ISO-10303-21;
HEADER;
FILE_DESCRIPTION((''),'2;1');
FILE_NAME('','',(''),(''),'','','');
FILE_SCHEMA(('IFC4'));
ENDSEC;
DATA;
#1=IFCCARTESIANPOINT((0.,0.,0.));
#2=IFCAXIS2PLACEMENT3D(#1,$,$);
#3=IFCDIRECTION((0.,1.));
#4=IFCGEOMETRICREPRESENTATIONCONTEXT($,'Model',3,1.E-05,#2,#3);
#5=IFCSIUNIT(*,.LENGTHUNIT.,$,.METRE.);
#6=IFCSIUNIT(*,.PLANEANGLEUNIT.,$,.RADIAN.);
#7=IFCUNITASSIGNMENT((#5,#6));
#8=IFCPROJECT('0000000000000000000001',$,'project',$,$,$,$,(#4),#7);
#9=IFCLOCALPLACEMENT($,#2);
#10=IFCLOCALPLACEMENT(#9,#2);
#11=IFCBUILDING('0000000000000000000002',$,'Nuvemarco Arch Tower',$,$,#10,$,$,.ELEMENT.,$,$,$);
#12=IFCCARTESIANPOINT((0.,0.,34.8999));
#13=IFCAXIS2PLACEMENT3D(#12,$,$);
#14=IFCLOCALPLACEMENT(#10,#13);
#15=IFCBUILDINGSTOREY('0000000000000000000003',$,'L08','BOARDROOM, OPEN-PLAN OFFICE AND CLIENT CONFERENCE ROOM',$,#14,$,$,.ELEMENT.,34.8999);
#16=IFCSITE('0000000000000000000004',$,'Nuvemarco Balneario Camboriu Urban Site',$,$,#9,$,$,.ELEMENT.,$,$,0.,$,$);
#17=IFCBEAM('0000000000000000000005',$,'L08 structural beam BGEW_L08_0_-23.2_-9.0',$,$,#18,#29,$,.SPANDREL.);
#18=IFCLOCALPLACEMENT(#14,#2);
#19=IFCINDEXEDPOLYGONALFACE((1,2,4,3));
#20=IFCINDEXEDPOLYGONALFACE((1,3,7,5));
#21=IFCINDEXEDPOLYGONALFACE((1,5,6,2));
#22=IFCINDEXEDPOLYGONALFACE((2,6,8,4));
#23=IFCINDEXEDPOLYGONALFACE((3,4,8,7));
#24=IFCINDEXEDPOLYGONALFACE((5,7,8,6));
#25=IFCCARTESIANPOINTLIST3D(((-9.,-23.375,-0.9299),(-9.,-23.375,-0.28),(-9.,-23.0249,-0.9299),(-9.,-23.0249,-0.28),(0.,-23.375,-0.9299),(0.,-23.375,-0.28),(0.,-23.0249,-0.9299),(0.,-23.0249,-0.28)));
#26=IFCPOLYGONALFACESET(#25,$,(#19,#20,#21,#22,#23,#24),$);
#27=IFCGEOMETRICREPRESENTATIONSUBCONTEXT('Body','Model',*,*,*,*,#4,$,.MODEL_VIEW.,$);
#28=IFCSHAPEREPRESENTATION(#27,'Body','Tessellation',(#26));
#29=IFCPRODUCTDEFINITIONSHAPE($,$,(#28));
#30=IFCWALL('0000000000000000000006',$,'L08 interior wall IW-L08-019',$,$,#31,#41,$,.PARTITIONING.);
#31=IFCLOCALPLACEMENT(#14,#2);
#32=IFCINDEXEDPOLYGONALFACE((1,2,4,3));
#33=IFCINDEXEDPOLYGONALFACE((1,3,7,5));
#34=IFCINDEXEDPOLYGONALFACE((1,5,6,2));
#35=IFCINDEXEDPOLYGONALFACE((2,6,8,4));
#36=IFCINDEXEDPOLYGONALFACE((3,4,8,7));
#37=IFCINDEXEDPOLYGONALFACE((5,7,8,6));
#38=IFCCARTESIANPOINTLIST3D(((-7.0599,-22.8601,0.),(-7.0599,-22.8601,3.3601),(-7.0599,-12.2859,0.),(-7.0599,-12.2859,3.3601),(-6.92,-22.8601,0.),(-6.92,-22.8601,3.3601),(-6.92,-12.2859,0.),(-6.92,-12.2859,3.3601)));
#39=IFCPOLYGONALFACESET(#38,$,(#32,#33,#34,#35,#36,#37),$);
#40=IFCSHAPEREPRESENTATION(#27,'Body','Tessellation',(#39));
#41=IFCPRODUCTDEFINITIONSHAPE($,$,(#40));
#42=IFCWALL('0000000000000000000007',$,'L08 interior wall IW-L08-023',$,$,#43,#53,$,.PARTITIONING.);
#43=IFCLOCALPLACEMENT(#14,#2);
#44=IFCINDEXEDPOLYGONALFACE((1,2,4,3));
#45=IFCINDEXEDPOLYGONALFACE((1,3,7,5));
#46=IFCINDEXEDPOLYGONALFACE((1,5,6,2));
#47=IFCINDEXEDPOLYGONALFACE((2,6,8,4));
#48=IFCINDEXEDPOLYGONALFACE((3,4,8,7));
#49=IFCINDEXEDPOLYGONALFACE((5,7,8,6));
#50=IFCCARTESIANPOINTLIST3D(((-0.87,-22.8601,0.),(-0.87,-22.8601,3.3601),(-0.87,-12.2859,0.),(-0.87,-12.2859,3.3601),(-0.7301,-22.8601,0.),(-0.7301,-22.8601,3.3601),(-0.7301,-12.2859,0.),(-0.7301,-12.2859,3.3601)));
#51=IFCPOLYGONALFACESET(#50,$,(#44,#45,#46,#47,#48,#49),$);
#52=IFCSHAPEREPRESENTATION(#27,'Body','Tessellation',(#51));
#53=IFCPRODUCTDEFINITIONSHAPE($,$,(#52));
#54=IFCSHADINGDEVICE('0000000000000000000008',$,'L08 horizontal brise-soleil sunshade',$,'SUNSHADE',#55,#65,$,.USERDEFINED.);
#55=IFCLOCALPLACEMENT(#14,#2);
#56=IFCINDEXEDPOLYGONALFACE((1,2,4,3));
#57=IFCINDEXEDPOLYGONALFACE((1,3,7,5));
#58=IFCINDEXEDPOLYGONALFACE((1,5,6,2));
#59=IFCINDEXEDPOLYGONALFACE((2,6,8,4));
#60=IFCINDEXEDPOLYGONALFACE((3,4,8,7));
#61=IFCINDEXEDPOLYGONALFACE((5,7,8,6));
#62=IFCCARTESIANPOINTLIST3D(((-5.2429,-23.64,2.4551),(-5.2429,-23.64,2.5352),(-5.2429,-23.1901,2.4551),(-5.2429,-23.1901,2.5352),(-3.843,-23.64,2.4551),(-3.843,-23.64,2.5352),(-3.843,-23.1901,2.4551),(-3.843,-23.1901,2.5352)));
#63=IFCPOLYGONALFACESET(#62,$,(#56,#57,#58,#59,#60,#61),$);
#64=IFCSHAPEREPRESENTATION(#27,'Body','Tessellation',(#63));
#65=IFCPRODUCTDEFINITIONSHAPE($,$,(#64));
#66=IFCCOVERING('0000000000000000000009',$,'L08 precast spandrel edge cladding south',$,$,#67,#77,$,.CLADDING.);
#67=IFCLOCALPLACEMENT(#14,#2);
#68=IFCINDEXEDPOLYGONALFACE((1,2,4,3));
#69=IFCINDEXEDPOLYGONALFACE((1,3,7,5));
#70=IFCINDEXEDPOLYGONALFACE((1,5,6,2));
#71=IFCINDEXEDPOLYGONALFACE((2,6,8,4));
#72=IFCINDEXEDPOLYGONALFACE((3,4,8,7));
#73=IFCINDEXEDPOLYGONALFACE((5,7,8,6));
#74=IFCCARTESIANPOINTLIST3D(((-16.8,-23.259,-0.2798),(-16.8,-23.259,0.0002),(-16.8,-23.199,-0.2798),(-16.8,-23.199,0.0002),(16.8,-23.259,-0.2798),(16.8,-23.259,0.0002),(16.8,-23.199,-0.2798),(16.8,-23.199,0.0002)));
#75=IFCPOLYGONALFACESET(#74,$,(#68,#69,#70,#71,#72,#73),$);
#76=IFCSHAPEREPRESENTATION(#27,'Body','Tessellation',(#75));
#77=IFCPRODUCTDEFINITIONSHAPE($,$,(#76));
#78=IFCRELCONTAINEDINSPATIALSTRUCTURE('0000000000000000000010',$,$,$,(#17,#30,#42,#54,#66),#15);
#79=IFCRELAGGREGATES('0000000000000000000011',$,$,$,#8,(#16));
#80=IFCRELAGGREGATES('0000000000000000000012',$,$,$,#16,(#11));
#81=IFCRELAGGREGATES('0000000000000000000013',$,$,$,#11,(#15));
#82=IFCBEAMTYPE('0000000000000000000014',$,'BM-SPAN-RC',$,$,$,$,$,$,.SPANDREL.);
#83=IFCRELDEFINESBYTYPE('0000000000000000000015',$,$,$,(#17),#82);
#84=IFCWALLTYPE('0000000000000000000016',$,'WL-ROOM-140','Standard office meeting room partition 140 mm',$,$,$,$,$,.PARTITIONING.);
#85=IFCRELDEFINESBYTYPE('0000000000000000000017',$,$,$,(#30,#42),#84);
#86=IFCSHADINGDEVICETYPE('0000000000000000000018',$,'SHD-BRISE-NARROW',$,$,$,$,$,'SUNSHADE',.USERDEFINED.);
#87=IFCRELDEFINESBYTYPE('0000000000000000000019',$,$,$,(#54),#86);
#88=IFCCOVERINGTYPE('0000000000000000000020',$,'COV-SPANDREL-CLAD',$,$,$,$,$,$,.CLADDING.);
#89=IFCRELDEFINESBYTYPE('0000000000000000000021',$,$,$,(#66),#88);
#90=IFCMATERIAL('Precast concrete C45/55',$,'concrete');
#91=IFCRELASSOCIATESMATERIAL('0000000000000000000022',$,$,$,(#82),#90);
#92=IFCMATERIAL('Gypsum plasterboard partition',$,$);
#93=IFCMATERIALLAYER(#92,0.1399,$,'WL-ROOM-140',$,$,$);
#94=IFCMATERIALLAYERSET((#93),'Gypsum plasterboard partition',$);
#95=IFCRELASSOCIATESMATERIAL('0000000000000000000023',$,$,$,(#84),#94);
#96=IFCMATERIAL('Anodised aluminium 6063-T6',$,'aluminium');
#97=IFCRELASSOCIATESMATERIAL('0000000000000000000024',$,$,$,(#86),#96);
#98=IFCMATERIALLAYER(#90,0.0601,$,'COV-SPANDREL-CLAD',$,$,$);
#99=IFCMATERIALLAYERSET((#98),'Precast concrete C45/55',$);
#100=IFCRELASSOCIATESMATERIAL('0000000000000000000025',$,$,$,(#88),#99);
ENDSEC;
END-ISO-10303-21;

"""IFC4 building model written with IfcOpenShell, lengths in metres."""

from ifc_helpers import new_model, si_unit, direction, frame, frame_2d, origin, origin_2d, place, context, subcontext, project, spatial, rectangle, extrude, source, transform, mapped, material, layer, layer_set, material_profile, profile_set, type_object, type_shapes, element, save


model = new_model("IFC4")

# Units and contexts
model_context = context("Model", 3, precision=1e-05, world=origin(), true_north=direction((0.0, 1.0)))
body_context = subcontext(model_context, "Body", "Model", "MODEL_VIEW")
ifc_project = project(units=[si_unit("LENGTHUNIT", "METRE"), si_unit("PLANEANGLEUNIT", "RADIAN")], contexts=[model_context])

# Site, building, storey
site_placement = place(None, origin())
site = spatial("IfcSite", under=ifc_project, at=site_placement, Name="Nuvemarco Balneario Camboriu Urban Site", CompositionType="ELEMENT", RefElevation=0.0)
building_placement = place(site_placement, origin())
building = spatial("IfcBuilding", under=site, at=building_placement, Name="Nuvemarco Arch Tower", CompositionType="ELEMENT")
storey_placement = place(building_placement, frame((0.0, 0.0, 34.8999)))
storey = spatial("IfcBuildingStorey", under=building, at=storey_placement, Name="L08", Description="BOARDROOM, OPEN-PLAN OFFICE AND CLIENT CONFERENCE ROOM", CompositionType="ELEMENT", Elevation=34.8999)

# Beam
ifc_material_1 = material(Name="Precast concrete C45/55", Category="concrete")
ifc_material_profile_1 = material_profile(ifc_material_1, rectangle(XDim=0.3501, YDim=0.6499, at=origin_2d()), Name="PC-SP-350x650")
ifc_profile_set_1 = profile_set([ifc_material_profile_1], Name="Precast concrete C45/55")
beam_type_1 = type_object("IfcBeamType", Name="BM-SPAN-RC", PredefinedType="SPANDREL", material=ifc_profile_set_1)
beam_1_placement = place(storey_placement, frame((-9.0, -23.2, -0.605), z_axis=(1.0, 0.0, 0.0), x_axis=(0.0, 1.0, 0.0)))
element("IfcBeam", 1, at=beam_1_placement, inside=storey, type_object=beam_type_1, Name="L08 structural beam BGEW_L08_0_-23.2_-9.0", PredefinedType="SPANDREL", context=body_context, shape_type="SweptSolid", body=[
    extrude(rectangle(XDim=0.3501, YDim=0.6499, at=origin_2d()), origin(), (0.0, 0.0, 1.0), 9.0),
])

# Walls
ifc_material_2 = material(Name="Gypsum plasterboard partition")
ifc_layer_1 = layer(ifc_material_2, 0.1399, Name="WL-ROOM-140")
ifc_layer_set_1 = layer_set([ifc_layer_1], Name="Gypsum plasterboard partition")
wall_type = type_object("IfcWallType", Name="WL-ROOM-140", Description="Standard office meeting room partition 140 mm", PredefinedType="PARTITIONING", material=ifc_layer_set_1)
for number, where, z_axis, x_axis, name in (
    (2, (-6.99, -22.8601, 0.0), (0.0, 0.0, 1.0), (0.0, 1.0, 0.0), "L08 interior wall IW-L08-019"),
    (3, (-0.8, -22.8601, 0.0), (0.0, 0.0, 1.0), (0.0, 1.0, 0.0), "L08 interior wall IW-L08-023"),
):
    element("IfcWall", number, at=place(storey_placement, frame(where, z_axis=z_axis, x_axis=x_axis)), inside=storey, type_object=wall_type, Name=name, PredefinedType="PARTITIONING", context=body_context, shape_type="SweptSolid", body=[
        extrude(rectangle(XDim=10.5742, YDim=0.1399, at=frame_2d((5.2871, 0.0))), origin(), (0.0, 0.0, 1.0), 3.3601),
    ])

# Shading device
ifc_material_3 = material(Name="Anodised aluminium 6063-T6", Category="aluminium")
shading_device_type = type_object("IfcShadingDeviceType", Name="SHD-BRISE-NARROW", ElementType="SUNSHADE", PredefinedType="USERDEFINED", material=ifc_material_3)
shared_shape_1 = source(origin(), body_context, "Body", "SweptSolid", [
    extrude(rectangle(XDim=1.3999, YDim=0.45, at=origin_2d()), origin(), (0.0, 0.0, 1.0), 0.0801),
])
type_shapes(shading_device_type, [shared_shape_1])
shading_device_placement = place(storey_placement, frame((-4.543, -23.415, 2.4551), z_axis=(0.0, 0.0, 1.0), x_axis=(1.0, 0.0, 0.0)))
element("IfcShadingDevice", 4, at=shading_device_placement, inside=storey, type_object=shading_device_type, Name="L08 horizontal brise-soleil sunshade", ObjectType="SUNSHADE", PredefinedType="USERDEFINED", context=body_context, shape_type="MappedRepresentation", body=[
    mapped(shared_shape_1, transform((0.0, 0.0, 0.0), scale=1.0)),
])

# Covering
ifc_layer_2 = layer(ifc_material_1, 0.0601, Name="COV-SPANDREL-CLAD")
ifc_layer_set_2 = layer_set([ifc_layer_2], Name="Precast concrete C45/55")
covering_type = type_object("IfcCoveringType", Name="COV-SPANDREL-CLAD", PredefinedType="CLADDING", material=ifc_layer_set_2)
shared_shape_2 = source(origin(), body_context, "Body", "SweptSolid", [
    extrude(rectangle(XDim=33.6001, YDim=0.0601, at=origin_2d()), origin(), (0.0, 0.0, 1.0), 0.28),
])
type_shapes(covering_type, [shared_shape_2])
covering_placement = place(storey_placement, frame((0.0, -23.229, -0.2798), z_axis=(0.0, 0.0, 1.0), x_axis=(1.0, 0.0, 0.0)))
element("IfcCovering", 5, at=covering_placement, inside=storey, type_object=covering_type, Name="L08 precast spandrel edge cladding south", PredefinedType="CLADDING", context=body_context, shape_type="MappedRepresentation", body=[
    mapped(shared_shape_2, transform((0.0, 0.0, 0.0), scale=1.0)),
])

save(model, "model.ifc")
